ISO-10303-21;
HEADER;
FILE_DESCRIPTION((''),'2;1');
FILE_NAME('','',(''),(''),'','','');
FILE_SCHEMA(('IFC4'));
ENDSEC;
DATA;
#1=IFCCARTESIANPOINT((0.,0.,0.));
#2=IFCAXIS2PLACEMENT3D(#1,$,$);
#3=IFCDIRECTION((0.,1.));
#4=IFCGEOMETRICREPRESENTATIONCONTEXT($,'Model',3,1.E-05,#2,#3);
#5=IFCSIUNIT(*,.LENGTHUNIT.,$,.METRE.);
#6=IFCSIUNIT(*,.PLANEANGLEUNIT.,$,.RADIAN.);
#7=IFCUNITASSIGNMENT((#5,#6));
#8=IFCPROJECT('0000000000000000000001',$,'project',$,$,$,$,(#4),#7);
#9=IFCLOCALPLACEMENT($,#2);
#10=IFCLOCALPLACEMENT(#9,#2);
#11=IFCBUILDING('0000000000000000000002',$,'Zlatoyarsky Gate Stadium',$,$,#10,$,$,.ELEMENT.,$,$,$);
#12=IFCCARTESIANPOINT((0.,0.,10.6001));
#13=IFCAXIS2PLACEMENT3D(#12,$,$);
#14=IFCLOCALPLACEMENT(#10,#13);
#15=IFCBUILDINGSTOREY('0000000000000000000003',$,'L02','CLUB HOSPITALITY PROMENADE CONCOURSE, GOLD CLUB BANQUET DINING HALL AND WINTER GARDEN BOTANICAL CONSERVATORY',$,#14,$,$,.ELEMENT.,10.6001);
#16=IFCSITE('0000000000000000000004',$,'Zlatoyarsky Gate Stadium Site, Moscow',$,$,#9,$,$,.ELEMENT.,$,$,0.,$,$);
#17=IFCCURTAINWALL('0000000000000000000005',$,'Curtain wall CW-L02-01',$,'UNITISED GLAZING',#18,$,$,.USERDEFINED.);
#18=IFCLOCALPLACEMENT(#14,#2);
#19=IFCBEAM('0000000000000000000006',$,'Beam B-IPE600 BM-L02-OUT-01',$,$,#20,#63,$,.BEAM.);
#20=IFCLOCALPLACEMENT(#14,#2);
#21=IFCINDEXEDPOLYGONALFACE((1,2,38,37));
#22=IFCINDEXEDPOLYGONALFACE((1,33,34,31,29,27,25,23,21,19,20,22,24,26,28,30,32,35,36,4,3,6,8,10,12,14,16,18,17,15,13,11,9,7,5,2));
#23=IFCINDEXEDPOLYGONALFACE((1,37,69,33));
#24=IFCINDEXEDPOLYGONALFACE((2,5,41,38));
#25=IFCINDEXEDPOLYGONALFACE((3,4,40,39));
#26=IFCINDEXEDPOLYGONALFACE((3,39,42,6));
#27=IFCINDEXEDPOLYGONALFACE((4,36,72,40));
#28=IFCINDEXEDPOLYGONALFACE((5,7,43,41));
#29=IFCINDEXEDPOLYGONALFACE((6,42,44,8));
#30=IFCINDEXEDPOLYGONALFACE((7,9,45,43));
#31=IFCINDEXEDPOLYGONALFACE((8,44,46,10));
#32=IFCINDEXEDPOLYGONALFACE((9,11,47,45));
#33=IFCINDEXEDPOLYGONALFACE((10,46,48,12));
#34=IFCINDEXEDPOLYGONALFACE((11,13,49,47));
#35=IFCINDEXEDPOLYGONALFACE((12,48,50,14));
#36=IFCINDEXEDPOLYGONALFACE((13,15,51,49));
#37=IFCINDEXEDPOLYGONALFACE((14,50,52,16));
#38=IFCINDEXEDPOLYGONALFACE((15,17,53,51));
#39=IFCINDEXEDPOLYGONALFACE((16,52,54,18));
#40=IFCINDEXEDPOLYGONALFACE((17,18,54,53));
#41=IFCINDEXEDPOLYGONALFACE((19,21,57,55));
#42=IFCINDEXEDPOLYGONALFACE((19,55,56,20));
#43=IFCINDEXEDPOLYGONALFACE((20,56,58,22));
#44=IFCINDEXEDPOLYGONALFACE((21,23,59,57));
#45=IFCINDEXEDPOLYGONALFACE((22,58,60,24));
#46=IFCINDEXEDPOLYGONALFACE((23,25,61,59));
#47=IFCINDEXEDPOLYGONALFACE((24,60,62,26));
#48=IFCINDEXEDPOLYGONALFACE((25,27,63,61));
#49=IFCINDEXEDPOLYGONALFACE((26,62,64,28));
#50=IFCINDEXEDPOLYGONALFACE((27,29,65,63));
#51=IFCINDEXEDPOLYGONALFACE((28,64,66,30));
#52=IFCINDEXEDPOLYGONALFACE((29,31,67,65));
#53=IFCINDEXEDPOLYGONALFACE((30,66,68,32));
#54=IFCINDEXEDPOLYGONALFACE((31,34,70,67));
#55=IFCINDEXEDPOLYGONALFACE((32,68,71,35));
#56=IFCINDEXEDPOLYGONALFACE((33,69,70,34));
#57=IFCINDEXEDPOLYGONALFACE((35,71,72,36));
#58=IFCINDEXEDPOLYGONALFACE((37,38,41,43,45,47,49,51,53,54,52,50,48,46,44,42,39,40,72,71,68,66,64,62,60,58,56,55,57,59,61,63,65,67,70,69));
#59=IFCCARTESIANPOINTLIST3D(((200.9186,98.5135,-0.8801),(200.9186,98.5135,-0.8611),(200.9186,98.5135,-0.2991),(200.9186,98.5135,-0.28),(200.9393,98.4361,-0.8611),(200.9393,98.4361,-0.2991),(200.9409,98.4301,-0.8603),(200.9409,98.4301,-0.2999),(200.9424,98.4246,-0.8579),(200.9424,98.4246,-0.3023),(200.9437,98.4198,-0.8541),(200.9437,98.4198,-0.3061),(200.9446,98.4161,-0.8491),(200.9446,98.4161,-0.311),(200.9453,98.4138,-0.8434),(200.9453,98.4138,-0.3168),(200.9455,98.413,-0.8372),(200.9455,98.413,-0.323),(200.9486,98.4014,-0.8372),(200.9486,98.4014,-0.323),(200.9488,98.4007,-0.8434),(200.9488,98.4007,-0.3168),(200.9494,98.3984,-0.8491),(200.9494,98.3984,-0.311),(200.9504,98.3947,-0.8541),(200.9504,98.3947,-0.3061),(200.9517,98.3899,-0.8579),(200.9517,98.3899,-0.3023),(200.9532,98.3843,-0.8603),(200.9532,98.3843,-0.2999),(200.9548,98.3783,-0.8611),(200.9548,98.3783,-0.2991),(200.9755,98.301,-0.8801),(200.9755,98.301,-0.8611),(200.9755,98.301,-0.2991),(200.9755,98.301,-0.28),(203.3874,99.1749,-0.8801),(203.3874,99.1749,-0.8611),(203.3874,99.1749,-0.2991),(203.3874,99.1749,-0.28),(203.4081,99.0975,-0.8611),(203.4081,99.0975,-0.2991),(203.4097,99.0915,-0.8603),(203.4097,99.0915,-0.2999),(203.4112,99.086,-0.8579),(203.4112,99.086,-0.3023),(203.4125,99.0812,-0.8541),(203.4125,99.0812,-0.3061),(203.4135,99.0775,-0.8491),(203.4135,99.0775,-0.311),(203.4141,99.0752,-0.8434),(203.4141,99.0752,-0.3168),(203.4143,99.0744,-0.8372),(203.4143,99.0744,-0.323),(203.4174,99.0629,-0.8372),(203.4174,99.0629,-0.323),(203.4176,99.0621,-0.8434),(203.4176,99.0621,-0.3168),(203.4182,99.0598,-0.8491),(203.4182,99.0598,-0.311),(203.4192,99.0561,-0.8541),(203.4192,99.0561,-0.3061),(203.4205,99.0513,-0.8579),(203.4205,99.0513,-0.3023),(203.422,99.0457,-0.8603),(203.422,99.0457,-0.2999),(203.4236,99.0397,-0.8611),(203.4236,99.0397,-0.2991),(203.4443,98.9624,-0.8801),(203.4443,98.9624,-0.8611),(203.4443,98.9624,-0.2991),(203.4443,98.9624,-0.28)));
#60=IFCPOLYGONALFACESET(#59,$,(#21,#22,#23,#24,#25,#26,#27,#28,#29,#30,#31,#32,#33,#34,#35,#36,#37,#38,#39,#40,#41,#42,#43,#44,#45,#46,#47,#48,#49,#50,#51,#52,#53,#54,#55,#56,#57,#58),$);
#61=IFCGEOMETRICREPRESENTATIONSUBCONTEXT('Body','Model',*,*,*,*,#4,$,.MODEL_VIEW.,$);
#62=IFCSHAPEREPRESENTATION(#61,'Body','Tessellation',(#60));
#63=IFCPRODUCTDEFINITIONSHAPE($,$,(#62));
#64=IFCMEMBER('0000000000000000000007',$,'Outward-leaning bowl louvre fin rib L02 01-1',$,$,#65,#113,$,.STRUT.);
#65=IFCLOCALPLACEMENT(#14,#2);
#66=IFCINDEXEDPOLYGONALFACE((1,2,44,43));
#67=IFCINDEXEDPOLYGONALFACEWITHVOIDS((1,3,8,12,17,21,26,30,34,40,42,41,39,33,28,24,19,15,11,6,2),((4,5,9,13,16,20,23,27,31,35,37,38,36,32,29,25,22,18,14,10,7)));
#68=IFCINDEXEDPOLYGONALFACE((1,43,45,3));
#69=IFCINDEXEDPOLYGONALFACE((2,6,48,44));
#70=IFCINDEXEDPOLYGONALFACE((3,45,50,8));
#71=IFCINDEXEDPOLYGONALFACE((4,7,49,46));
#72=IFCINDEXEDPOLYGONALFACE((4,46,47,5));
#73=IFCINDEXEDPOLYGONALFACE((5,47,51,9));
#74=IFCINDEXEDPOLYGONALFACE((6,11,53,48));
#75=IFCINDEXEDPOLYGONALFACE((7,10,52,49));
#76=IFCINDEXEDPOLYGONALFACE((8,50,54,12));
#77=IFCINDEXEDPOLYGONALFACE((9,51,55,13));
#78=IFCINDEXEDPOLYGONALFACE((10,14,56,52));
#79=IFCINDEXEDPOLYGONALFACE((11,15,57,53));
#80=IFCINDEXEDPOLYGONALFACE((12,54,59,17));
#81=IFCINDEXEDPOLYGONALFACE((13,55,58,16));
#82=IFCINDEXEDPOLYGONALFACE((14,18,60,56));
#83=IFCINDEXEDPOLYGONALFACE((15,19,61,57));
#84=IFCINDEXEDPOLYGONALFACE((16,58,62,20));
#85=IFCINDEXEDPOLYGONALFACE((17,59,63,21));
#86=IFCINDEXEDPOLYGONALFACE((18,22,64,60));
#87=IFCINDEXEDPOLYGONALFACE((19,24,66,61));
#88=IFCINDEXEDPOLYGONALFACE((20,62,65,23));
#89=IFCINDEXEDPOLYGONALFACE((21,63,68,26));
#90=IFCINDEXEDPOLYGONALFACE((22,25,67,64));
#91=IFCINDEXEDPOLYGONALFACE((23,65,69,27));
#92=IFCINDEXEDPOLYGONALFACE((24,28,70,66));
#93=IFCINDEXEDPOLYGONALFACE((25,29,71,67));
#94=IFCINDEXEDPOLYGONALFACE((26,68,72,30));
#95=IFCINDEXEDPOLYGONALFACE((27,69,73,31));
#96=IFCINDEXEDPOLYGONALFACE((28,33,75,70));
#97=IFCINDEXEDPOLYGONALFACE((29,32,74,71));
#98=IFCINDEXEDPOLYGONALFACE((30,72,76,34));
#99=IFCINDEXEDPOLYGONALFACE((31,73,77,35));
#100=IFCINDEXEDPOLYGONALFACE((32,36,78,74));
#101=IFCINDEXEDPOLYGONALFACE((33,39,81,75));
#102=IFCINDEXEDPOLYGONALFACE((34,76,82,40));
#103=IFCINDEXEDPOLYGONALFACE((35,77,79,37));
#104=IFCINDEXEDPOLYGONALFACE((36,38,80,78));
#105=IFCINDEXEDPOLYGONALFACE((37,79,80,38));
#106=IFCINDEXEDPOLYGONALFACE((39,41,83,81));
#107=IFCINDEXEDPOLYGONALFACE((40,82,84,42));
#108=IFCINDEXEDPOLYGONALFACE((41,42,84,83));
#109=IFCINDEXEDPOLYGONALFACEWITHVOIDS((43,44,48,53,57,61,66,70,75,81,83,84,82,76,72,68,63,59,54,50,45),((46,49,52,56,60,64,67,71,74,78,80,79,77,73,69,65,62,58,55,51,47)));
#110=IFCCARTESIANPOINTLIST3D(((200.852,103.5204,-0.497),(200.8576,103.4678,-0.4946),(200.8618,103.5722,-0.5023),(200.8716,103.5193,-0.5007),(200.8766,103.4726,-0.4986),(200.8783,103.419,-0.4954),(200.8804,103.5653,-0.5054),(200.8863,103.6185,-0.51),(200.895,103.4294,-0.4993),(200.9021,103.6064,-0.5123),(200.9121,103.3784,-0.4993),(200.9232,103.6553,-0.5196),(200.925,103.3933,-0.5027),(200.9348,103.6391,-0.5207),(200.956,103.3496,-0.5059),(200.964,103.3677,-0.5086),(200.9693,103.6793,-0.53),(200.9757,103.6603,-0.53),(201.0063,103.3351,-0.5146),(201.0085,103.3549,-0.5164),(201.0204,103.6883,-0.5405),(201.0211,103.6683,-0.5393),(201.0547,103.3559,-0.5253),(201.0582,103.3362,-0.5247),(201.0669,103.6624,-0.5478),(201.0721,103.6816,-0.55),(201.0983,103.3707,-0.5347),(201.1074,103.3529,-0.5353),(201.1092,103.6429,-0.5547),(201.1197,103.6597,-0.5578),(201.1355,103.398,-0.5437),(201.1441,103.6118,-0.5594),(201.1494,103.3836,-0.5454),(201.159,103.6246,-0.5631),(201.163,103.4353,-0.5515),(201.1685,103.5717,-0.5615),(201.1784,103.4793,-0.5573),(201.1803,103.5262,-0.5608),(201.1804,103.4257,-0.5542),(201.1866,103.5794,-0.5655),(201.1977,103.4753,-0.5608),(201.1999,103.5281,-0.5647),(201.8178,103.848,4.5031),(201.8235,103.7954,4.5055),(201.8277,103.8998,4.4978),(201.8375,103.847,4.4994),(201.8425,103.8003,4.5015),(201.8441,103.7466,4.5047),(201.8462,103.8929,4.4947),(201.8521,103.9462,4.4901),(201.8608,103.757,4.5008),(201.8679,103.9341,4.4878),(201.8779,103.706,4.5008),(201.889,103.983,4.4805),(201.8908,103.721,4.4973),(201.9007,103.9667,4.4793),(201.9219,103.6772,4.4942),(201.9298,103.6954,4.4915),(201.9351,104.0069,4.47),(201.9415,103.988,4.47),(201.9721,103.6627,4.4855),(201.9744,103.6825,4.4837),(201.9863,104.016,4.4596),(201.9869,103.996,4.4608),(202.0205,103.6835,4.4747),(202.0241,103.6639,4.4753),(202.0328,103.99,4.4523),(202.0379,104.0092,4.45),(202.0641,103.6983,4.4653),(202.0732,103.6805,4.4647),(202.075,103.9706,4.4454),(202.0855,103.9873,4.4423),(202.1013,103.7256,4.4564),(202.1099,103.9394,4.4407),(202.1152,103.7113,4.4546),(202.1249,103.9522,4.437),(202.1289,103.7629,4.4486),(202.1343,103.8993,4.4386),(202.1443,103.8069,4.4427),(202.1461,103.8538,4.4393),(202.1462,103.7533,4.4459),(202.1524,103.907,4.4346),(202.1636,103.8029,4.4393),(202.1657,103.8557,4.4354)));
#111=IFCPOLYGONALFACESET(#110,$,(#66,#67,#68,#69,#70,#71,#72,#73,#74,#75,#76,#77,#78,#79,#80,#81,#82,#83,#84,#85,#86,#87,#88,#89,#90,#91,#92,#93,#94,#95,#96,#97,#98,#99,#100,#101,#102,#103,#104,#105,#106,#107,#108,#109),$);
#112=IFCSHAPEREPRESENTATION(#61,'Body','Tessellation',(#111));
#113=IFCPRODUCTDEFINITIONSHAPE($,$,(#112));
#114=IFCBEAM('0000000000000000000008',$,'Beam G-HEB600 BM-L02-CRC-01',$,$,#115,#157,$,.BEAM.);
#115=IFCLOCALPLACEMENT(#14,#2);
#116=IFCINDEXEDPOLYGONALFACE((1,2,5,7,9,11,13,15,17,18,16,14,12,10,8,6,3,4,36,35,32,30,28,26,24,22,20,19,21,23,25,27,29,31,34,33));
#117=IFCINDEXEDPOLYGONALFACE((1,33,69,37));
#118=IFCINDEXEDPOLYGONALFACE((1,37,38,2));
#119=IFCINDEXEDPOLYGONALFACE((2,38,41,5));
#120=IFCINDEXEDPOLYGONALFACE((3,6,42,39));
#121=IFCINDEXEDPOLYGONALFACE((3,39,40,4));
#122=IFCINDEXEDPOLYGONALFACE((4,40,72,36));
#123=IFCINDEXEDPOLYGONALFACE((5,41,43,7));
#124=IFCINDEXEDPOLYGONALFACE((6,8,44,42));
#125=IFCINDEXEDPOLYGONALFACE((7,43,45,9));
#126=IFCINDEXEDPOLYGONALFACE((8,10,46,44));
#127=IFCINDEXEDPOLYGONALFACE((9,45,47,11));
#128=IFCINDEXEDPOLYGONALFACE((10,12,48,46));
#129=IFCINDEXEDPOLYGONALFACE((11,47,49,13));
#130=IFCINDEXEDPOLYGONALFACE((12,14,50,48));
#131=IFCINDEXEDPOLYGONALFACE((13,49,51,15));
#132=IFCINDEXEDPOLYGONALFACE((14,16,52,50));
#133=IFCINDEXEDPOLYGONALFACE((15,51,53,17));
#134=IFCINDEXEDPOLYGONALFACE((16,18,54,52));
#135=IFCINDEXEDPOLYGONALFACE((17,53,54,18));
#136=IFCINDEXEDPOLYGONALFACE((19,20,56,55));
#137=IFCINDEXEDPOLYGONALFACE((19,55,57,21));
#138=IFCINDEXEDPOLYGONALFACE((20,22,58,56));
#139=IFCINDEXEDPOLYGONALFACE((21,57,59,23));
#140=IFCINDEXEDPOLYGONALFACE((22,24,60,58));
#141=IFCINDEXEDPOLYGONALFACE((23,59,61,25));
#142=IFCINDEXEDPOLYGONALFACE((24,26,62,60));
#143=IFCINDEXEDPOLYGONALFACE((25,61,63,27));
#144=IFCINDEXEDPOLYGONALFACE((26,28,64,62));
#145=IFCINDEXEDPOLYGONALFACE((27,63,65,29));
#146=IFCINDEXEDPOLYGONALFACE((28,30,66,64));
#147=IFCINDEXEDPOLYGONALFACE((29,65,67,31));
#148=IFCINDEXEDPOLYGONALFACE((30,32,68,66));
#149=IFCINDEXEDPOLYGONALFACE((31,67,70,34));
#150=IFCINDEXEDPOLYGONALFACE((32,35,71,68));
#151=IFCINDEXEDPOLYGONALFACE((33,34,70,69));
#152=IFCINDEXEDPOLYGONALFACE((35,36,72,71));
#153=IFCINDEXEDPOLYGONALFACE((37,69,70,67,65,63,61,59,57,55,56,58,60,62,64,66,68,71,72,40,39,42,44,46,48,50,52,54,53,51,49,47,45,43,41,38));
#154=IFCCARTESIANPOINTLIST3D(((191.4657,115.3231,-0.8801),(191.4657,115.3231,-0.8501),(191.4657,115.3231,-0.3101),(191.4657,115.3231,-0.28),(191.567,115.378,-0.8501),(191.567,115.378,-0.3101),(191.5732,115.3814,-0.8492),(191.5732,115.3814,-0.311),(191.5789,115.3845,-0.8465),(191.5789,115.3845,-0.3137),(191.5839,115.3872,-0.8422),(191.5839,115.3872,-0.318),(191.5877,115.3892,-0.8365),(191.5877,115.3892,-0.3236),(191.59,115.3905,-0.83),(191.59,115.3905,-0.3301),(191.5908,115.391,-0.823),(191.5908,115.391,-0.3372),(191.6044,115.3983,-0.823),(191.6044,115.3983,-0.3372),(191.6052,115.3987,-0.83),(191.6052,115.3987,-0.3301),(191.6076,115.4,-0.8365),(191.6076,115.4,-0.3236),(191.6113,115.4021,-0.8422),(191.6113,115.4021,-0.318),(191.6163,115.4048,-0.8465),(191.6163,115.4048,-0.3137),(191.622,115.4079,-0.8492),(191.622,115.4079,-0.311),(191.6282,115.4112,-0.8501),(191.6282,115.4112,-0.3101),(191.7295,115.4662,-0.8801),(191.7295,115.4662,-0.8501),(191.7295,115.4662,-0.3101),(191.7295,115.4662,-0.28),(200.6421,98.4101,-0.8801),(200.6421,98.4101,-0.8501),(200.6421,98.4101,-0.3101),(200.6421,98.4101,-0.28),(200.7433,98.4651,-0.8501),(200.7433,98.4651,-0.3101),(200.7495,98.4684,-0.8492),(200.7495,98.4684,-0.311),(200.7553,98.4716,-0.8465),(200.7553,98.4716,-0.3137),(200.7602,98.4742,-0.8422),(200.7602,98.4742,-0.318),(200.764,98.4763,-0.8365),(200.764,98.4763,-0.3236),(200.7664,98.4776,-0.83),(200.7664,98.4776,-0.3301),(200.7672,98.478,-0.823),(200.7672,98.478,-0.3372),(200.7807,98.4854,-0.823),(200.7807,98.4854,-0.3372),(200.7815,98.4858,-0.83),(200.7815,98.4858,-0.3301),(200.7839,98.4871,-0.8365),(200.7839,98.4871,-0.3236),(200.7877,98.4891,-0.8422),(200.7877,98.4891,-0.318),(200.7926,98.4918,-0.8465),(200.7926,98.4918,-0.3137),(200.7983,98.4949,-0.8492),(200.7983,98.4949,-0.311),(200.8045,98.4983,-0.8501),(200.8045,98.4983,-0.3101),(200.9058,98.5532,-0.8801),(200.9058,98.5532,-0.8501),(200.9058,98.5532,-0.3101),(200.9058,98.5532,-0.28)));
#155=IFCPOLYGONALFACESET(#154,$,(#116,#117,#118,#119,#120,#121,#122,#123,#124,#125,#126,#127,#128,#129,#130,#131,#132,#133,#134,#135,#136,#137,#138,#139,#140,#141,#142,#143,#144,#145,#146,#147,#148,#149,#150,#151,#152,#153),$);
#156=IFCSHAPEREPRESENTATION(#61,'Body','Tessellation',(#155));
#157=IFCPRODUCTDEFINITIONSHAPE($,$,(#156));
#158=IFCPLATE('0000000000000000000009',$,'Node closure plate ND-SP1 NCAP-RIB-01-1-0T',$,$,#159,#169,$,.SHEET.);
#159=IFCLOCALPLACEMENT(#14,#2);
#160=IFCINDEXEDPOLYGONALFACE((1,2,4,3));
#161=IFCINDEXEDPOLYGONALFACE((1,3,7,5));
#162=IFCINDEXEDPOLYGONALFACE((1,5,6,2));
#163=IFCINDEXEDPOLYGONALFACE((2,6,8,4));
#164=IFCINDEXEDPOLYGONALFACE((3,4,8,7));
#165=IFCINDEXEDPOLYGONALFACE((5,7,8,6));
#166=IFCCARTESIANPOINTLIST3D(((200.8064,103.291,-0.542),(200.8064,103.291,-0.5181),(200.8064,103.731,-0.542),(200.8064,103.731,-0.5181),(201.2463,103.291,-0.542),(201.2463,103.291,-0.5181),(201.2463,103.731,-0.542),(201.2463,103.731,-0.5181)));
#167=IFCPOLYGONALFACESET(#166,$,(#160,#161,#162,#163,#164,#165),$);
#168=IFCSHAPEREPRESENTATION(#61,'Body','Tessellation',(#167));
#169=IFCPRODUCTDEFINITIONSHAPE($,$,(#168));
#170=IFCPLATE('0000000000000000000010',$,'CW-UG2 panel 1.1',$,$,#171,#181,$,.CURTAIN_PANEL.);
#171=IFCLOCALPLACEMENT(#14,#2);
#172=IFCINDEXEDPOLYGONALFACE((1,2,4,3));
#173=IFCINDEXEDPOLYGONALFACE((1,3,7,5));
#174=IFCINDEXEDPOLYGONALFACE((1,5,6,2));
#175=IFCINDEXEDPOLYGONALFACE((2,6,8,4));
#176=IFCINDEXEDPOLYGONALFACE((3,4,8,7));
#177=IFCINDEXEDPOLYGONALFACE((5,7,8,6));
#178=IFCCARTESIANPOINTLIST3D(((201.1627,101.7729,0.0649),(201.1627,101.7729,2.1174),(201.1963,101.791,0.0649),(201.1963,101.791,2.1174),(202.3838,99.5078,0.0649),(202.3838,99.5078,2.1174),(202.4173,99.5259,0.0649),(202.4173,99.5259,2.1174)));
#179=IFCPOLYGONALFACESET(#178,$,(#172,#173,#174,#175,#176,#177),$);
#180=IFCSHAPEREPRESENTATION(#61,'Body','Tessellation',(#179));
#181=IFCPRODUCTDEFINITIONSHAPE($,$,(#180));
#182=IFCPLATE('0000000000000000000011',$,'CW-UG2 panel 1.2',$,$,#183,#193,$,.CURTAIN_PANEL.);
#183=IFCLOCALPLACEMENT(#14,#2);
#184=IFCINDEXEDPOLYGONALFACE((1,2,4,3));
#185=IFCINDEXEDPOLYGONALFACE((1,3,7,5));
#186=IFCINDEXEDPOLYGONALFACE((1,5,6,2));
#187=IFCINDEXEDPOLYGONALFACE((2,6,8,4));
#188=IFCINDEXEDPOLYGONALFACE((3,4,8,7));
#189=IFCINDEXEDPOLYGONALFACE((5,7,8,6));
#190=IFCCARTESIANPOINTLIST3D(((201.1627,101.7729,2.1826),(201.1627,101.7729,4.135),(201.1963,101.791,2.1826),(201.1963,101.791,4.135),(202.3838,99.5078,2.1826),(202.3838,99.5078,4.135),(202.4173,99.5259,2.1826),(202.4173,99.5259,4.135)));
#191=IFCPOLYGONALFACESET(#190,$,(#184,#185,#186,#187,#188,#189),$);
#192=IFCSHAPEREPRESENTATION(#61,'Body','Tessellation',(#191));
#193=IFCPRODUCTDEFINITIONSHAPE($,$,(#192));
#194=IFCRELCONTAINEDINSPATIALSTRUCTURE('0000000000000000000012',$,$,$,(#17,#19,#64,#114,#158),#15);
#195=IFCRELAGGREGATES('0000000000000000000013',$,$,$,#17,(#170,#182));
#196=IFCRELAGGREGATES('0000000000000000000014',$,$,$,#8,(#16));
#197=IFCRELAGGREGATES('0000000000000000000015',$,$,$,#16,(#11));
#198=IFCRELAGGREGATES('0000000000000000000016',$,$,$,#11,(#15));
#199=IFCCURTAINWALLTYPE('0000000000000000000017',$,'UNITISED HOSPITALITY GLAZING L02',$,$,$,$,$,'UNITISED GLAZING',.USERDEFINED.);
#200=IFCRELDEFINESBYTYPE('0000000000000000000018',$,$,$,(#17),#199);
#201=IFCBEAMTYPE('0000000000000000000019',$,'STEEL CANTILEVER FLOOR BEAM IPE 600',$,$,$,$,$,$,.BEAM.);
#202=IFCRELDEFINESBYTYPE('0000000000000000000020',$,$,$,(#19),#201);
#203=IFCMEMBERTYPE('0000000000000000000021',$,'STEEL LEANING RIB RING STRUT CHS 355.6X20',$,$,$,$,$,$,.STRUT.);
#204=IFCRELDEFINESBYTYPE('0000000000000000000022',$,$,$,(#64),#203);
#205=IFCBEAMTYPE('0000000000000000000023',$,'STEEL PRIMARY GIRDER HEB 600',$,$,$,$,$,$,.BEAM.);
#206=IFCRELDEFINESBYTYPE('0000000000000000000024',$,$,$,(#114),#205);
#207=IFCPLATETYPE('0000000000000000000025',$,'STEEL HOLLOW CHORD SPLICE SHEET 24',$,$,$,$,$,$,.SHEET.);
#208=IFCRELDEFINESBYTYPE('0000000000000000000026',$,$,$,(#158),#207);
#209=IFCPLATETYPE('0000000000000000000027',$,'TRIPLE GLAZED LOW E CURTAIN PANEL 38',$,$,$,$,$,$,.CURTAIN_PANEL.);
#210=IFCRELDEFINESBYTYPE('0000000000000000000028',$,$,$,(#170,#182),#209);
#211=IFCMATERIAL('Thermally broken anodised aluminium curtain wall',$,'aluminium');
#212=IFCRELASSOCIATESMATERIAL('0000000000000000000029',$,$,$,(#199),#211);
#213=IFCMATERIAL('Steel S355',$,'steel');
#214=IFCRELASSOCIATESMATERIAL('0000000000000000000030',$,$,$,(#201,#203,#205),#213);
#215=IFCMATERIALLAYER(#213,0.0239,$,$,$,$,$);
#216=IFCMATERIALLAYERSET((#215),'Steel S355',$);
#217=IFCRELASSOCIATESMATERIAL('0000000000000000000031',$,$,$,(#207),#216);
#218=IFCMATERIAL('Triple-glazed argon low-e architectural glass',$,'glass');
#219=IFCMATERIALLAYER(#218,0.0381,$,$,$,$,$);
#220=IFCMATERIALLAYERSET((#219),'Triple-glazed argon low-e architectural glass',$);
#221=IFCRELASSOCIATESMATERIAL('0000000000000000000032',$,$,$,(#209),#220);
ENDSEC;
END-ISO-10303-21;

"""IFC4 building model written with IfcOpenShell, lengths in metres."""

from ifc_helpers import new_model, si_unit, direction, frame, origin, origin_2d, place, context, subcontext, project, spatial, rectangle, hollow_circle, i_section, extrude, material, layer, layer_set, material_profile, profile_set, type_object, element, aggregate, save


model = new_model("IFC4")

# Units and contexts
model_context = context("Model", 3, precision=1e-05, world=origin(), true_north=direction((0.0, 1.0)))
body_context = subcontext(model_context, "Body", "Model", "MODEL_VIEW")
ifc_project = project(units=[si_unit("LENGTHUNIT", "METRE"), si_unit("PLANEANGLEUNIT", "RADIAN")], contexts=[model_context])

# Site, building, storey
site_placement = place(None, origin())
site = spatial("IfcSite", under=ifc_project, at=site_placement, Name="Zlatoyarsky Gate Stadium Site, Moscow", CompositionType="ELEMENT", RefElevation=0.0)
building_placement = place(site_placement, origin())
building = spatial("IfcBuilding", under=site, at=building_placement, Name="Zlatoyarsky Gate Stadium", CompositionType="ELEMENT")
storey_placement = place(building_placement, frame((0.0, 0.0, 10.6001)))
storey = spatial("IfcBuildingStorey", under=building, at=storey_placement, Name="L02", Description="CLUB HOSPITALITY PROMENADE CONCOURSE, GOLD CLUB BANQUET DINING HALL AND WINTER GARDEN BOTANICAL CONSERVATORY", CompositionType="ELEMENT", Elevation=10.6001)

# Shared definitions
ifc_material_1 = material(Name="Steel S355", Category="steel")

# Curtain wall
ifc_material_2 = material(Name="Thermally broken anodised aluminium curtain wall", Category="aluminium")
curtain_wall_type = type_object("IfcCurtainWallType", Name="UNITISED HOSPITALITY GLAZING L02", ElementType="UNITISED GLAZING", PredefinedType="USERDEFINED", material=ifc_material_2)
curtain_wall_placement = place(storey_placement, origin())
curtain_wall = element("IfcCurtainWall", 1, at=curtain_wall_placement, inside=storey, type_object=curtain_wall_type, Name="Curtain wall CW-L02-01", ObjectType="UNITISED GLAZING", PredefinedType="USERDEFINED")

# Beam
ifc_material_profile_1 = material_profile(ifc_material_1, i_section(OverallWidth=0.22, OverallDepth=0.6001, WebThickness=0.012, FlangeThickness=0.019, FilletRadius=0.0239, at=origin_2d()), Name="IPE 600")
ifc_profile_set_1 = profile_set([ifc_material_profile_1], Name="Steel S355")
beam_type_1 = type_object("IfcBeamType", Name="STEEL CANTILEVER FLOOR BEAM IPE 600", PredefinedType="BEAM", material=ifc_profile_set_1)
beam_1_placement = place(storey_placement, frame((200.947, 98.4072, -0.5801), z_axis=(0.965938, 0.258774, 0.0), x_axis=(-0.258774, 0.965938, 0.0)))
element("IfcBeam", 2, at=beam_1_placement, inside=storey, type_object=beam_type_1, Name="Beam B-IPE600 BM-L02-OUT-01", PredefinedType="BEAM", context=body_context, shape_type="SweptSolid", body=[
    extrude(i_section(OverallWidth=0.22, OverallDepth=0.6001, WebThickness=0.012, FlangeThickness=0.019, FilletRadius=0.0239, at=origin_2d()), origin(), (0.0, 0.0, 1.0), 2.5559),
])

# Member
ifc_material_profile_2 = material_profile(ifc_material_1, hollow_circle(Radius=0.1777, WallThickness=0.02, at=origin_2d()), Name="CHS 355.6X20")
ifc_profile_set_2 = profile_set([ifc_material_profile_2], Name="Steel S355")
member_type_1 = type_object("IfcMemberType", Name="STEEL LEANING RIB RING STRUT CHS 355.6X20", PredefinedType="STRUT", material=ifc_profile_set_2)
member_1_placement = place(storey_placement, frame((201.0264, 103.511, -0.53), z_axis=(0.189267, 0.064205, 0.979824), x_axis=(-0.32125, 0.946994, 0.0)))
element("IfcMember", 3, at=member_1_placement, inside=storey, type_object=member_type_1, Name="Outward-leaning bowl louvre fin rib L02 01-1", PredefinedType="STRUT", context=body_context, shape_type="SweptSolid", body=[
    extrude(hollow_circle(Radius=0.1777, WallThickness=0.02, at=origin_2d()), origin(), (0.0, 0.0, 1.0), 5.103),
])

# Beam
ifc_material_profile_3 = material_profile(ifc_material_1, i_section(OverallWidth=0.3, OverallDepth=0.6001, WebThickness=0.0154, FlangeThickness=0.03, FilletRadius=0.0271, at=origin_2d()), Name="HEB 600")
ifc_profile_set_3 = profile_set([ifc_material_profile_3], Name="Steel S355")
beam_type_2 = type_object("IfcBeamType", Name="STEEL PRIMARY GIRDER HEB 600", PredefinedType="BEAM", material=ifc_profile_set_3)
beam_2_placement = place(storey_placement, frame((200.7739, 98.4817, -0.5801), z_axis=(-0.476892, 0.878962, 0.0), x_axis=(-0.878962, -0.476892, 0.0)))
element("IfcBeam", 4, at=beam_2_placement, inside=storey, type_object=beam_type_2, Name="Beam G-HEB600 BM-L02-CRC-01", PredefinedType="BEAM", context=body_context, shape_type="SweptSolid", body=[
    extrude(i_section(OverallWidth=0.3, OverallDepth=0.6001, WebThickness=0.0154, FlangeThickness=0.03, FilletRadius=0.0271, at=origin_2d()), origin(), (0.0, 0.0, 1.0), 19.2419),
])

# Plates
ifc_layer_1 = layer(ifc_material_1, 0.0239)
ifc_layer_set_1 = layer_set([ifc_layer_1], Name="Steel S355")
plate_type_1 = type_object("IfcPlateType", Name="STEEL HOLLOW CHORD SPLICE SHEET 24", PredefinedType="SHEET", material=ifc_layer_set_1)
plate_1_placement = place(storey_placement, frame((201.0264, 103.511, -0.542), z_axis=(0.0, 0.0, 1.0), x_axis=(1.0, 0.0, 0.0)))
element("IfcPlate", 5, at=plate_1_placement, inside=storey, type_object=plate_type_1, Name="Node closure plate ND-SP1 NCAP-RIB-01-1-0T", PredefinedType="SHEET", context=body_context, shape_type="SweptSolid", body=[
    extrude(rectangle(XDim=0.4399, YDim=0.4399, at=origin_2d()), origin(), (0.0, 0.0, 1.0), 0.0239),
])
ifc_material_3 = material(Name="Triple-glazed argon low-e architectural glass", Category="glass")
ifc_layer_2 = layer(ifc_material_3, 0.0381)
ifc_layer_set_2 = layer_set([ifc_layer_2], Name="Triple-glazed argon low-e architectural glass")
plate_type_2 = type_object("IfcPlateType", Name="TRIPLE GLAZED LOW E CURTAIN PANEL 38", PredefinedType="CURTAIN_PANEL", material=ifc_layer_set_2)
plate_2_placement = place(storey_placement, frame((201.79, 100.6494, 0.0649), z_axis=(0.0, 0.0, 1.0), x_axis=(-0.474536, 0.880236, 0.0)))
plate_2 = element("IfcPlate", 6, at=plate_2_placement, type_object=plate_type_2, Name="CW-UG2 panel 1.1", PredefinedType="CURTAIN_PANEL", context=body_context, shape_type="SweptSolid", body=[
    extrude(rectangle(XDim=2.5732, YDim=0.0381, at=origin_2d()), origin(), (0.0, 0.0, 1.0), 2.0525),
])
plate_3_placement = place(storey_placement, frame((201.79, 100.6494, 2.1826), z_axis=(0.0, 0.0, 1.0), x_axis=(-0.474536, 0.880236, 0.0)))
plate_3 = element("IfcPlate", 7, at=plate_3_placement, type_object=plate_type_2, Name="CW-UG2 panel 1.2", PredefinedType="CURTAIN_PANEL", context=body_context, shape_type="SweptSolid", body=[
    extrude(rectangle(XDim=2.5732, YDim=0.0381, at=origin_2d()), origin(), (0.0, 0.0, 1.0), 1.9524),
])
aggregate(curtain_wall, [plate_2, plate_3])

save(model, "model.ifc")
